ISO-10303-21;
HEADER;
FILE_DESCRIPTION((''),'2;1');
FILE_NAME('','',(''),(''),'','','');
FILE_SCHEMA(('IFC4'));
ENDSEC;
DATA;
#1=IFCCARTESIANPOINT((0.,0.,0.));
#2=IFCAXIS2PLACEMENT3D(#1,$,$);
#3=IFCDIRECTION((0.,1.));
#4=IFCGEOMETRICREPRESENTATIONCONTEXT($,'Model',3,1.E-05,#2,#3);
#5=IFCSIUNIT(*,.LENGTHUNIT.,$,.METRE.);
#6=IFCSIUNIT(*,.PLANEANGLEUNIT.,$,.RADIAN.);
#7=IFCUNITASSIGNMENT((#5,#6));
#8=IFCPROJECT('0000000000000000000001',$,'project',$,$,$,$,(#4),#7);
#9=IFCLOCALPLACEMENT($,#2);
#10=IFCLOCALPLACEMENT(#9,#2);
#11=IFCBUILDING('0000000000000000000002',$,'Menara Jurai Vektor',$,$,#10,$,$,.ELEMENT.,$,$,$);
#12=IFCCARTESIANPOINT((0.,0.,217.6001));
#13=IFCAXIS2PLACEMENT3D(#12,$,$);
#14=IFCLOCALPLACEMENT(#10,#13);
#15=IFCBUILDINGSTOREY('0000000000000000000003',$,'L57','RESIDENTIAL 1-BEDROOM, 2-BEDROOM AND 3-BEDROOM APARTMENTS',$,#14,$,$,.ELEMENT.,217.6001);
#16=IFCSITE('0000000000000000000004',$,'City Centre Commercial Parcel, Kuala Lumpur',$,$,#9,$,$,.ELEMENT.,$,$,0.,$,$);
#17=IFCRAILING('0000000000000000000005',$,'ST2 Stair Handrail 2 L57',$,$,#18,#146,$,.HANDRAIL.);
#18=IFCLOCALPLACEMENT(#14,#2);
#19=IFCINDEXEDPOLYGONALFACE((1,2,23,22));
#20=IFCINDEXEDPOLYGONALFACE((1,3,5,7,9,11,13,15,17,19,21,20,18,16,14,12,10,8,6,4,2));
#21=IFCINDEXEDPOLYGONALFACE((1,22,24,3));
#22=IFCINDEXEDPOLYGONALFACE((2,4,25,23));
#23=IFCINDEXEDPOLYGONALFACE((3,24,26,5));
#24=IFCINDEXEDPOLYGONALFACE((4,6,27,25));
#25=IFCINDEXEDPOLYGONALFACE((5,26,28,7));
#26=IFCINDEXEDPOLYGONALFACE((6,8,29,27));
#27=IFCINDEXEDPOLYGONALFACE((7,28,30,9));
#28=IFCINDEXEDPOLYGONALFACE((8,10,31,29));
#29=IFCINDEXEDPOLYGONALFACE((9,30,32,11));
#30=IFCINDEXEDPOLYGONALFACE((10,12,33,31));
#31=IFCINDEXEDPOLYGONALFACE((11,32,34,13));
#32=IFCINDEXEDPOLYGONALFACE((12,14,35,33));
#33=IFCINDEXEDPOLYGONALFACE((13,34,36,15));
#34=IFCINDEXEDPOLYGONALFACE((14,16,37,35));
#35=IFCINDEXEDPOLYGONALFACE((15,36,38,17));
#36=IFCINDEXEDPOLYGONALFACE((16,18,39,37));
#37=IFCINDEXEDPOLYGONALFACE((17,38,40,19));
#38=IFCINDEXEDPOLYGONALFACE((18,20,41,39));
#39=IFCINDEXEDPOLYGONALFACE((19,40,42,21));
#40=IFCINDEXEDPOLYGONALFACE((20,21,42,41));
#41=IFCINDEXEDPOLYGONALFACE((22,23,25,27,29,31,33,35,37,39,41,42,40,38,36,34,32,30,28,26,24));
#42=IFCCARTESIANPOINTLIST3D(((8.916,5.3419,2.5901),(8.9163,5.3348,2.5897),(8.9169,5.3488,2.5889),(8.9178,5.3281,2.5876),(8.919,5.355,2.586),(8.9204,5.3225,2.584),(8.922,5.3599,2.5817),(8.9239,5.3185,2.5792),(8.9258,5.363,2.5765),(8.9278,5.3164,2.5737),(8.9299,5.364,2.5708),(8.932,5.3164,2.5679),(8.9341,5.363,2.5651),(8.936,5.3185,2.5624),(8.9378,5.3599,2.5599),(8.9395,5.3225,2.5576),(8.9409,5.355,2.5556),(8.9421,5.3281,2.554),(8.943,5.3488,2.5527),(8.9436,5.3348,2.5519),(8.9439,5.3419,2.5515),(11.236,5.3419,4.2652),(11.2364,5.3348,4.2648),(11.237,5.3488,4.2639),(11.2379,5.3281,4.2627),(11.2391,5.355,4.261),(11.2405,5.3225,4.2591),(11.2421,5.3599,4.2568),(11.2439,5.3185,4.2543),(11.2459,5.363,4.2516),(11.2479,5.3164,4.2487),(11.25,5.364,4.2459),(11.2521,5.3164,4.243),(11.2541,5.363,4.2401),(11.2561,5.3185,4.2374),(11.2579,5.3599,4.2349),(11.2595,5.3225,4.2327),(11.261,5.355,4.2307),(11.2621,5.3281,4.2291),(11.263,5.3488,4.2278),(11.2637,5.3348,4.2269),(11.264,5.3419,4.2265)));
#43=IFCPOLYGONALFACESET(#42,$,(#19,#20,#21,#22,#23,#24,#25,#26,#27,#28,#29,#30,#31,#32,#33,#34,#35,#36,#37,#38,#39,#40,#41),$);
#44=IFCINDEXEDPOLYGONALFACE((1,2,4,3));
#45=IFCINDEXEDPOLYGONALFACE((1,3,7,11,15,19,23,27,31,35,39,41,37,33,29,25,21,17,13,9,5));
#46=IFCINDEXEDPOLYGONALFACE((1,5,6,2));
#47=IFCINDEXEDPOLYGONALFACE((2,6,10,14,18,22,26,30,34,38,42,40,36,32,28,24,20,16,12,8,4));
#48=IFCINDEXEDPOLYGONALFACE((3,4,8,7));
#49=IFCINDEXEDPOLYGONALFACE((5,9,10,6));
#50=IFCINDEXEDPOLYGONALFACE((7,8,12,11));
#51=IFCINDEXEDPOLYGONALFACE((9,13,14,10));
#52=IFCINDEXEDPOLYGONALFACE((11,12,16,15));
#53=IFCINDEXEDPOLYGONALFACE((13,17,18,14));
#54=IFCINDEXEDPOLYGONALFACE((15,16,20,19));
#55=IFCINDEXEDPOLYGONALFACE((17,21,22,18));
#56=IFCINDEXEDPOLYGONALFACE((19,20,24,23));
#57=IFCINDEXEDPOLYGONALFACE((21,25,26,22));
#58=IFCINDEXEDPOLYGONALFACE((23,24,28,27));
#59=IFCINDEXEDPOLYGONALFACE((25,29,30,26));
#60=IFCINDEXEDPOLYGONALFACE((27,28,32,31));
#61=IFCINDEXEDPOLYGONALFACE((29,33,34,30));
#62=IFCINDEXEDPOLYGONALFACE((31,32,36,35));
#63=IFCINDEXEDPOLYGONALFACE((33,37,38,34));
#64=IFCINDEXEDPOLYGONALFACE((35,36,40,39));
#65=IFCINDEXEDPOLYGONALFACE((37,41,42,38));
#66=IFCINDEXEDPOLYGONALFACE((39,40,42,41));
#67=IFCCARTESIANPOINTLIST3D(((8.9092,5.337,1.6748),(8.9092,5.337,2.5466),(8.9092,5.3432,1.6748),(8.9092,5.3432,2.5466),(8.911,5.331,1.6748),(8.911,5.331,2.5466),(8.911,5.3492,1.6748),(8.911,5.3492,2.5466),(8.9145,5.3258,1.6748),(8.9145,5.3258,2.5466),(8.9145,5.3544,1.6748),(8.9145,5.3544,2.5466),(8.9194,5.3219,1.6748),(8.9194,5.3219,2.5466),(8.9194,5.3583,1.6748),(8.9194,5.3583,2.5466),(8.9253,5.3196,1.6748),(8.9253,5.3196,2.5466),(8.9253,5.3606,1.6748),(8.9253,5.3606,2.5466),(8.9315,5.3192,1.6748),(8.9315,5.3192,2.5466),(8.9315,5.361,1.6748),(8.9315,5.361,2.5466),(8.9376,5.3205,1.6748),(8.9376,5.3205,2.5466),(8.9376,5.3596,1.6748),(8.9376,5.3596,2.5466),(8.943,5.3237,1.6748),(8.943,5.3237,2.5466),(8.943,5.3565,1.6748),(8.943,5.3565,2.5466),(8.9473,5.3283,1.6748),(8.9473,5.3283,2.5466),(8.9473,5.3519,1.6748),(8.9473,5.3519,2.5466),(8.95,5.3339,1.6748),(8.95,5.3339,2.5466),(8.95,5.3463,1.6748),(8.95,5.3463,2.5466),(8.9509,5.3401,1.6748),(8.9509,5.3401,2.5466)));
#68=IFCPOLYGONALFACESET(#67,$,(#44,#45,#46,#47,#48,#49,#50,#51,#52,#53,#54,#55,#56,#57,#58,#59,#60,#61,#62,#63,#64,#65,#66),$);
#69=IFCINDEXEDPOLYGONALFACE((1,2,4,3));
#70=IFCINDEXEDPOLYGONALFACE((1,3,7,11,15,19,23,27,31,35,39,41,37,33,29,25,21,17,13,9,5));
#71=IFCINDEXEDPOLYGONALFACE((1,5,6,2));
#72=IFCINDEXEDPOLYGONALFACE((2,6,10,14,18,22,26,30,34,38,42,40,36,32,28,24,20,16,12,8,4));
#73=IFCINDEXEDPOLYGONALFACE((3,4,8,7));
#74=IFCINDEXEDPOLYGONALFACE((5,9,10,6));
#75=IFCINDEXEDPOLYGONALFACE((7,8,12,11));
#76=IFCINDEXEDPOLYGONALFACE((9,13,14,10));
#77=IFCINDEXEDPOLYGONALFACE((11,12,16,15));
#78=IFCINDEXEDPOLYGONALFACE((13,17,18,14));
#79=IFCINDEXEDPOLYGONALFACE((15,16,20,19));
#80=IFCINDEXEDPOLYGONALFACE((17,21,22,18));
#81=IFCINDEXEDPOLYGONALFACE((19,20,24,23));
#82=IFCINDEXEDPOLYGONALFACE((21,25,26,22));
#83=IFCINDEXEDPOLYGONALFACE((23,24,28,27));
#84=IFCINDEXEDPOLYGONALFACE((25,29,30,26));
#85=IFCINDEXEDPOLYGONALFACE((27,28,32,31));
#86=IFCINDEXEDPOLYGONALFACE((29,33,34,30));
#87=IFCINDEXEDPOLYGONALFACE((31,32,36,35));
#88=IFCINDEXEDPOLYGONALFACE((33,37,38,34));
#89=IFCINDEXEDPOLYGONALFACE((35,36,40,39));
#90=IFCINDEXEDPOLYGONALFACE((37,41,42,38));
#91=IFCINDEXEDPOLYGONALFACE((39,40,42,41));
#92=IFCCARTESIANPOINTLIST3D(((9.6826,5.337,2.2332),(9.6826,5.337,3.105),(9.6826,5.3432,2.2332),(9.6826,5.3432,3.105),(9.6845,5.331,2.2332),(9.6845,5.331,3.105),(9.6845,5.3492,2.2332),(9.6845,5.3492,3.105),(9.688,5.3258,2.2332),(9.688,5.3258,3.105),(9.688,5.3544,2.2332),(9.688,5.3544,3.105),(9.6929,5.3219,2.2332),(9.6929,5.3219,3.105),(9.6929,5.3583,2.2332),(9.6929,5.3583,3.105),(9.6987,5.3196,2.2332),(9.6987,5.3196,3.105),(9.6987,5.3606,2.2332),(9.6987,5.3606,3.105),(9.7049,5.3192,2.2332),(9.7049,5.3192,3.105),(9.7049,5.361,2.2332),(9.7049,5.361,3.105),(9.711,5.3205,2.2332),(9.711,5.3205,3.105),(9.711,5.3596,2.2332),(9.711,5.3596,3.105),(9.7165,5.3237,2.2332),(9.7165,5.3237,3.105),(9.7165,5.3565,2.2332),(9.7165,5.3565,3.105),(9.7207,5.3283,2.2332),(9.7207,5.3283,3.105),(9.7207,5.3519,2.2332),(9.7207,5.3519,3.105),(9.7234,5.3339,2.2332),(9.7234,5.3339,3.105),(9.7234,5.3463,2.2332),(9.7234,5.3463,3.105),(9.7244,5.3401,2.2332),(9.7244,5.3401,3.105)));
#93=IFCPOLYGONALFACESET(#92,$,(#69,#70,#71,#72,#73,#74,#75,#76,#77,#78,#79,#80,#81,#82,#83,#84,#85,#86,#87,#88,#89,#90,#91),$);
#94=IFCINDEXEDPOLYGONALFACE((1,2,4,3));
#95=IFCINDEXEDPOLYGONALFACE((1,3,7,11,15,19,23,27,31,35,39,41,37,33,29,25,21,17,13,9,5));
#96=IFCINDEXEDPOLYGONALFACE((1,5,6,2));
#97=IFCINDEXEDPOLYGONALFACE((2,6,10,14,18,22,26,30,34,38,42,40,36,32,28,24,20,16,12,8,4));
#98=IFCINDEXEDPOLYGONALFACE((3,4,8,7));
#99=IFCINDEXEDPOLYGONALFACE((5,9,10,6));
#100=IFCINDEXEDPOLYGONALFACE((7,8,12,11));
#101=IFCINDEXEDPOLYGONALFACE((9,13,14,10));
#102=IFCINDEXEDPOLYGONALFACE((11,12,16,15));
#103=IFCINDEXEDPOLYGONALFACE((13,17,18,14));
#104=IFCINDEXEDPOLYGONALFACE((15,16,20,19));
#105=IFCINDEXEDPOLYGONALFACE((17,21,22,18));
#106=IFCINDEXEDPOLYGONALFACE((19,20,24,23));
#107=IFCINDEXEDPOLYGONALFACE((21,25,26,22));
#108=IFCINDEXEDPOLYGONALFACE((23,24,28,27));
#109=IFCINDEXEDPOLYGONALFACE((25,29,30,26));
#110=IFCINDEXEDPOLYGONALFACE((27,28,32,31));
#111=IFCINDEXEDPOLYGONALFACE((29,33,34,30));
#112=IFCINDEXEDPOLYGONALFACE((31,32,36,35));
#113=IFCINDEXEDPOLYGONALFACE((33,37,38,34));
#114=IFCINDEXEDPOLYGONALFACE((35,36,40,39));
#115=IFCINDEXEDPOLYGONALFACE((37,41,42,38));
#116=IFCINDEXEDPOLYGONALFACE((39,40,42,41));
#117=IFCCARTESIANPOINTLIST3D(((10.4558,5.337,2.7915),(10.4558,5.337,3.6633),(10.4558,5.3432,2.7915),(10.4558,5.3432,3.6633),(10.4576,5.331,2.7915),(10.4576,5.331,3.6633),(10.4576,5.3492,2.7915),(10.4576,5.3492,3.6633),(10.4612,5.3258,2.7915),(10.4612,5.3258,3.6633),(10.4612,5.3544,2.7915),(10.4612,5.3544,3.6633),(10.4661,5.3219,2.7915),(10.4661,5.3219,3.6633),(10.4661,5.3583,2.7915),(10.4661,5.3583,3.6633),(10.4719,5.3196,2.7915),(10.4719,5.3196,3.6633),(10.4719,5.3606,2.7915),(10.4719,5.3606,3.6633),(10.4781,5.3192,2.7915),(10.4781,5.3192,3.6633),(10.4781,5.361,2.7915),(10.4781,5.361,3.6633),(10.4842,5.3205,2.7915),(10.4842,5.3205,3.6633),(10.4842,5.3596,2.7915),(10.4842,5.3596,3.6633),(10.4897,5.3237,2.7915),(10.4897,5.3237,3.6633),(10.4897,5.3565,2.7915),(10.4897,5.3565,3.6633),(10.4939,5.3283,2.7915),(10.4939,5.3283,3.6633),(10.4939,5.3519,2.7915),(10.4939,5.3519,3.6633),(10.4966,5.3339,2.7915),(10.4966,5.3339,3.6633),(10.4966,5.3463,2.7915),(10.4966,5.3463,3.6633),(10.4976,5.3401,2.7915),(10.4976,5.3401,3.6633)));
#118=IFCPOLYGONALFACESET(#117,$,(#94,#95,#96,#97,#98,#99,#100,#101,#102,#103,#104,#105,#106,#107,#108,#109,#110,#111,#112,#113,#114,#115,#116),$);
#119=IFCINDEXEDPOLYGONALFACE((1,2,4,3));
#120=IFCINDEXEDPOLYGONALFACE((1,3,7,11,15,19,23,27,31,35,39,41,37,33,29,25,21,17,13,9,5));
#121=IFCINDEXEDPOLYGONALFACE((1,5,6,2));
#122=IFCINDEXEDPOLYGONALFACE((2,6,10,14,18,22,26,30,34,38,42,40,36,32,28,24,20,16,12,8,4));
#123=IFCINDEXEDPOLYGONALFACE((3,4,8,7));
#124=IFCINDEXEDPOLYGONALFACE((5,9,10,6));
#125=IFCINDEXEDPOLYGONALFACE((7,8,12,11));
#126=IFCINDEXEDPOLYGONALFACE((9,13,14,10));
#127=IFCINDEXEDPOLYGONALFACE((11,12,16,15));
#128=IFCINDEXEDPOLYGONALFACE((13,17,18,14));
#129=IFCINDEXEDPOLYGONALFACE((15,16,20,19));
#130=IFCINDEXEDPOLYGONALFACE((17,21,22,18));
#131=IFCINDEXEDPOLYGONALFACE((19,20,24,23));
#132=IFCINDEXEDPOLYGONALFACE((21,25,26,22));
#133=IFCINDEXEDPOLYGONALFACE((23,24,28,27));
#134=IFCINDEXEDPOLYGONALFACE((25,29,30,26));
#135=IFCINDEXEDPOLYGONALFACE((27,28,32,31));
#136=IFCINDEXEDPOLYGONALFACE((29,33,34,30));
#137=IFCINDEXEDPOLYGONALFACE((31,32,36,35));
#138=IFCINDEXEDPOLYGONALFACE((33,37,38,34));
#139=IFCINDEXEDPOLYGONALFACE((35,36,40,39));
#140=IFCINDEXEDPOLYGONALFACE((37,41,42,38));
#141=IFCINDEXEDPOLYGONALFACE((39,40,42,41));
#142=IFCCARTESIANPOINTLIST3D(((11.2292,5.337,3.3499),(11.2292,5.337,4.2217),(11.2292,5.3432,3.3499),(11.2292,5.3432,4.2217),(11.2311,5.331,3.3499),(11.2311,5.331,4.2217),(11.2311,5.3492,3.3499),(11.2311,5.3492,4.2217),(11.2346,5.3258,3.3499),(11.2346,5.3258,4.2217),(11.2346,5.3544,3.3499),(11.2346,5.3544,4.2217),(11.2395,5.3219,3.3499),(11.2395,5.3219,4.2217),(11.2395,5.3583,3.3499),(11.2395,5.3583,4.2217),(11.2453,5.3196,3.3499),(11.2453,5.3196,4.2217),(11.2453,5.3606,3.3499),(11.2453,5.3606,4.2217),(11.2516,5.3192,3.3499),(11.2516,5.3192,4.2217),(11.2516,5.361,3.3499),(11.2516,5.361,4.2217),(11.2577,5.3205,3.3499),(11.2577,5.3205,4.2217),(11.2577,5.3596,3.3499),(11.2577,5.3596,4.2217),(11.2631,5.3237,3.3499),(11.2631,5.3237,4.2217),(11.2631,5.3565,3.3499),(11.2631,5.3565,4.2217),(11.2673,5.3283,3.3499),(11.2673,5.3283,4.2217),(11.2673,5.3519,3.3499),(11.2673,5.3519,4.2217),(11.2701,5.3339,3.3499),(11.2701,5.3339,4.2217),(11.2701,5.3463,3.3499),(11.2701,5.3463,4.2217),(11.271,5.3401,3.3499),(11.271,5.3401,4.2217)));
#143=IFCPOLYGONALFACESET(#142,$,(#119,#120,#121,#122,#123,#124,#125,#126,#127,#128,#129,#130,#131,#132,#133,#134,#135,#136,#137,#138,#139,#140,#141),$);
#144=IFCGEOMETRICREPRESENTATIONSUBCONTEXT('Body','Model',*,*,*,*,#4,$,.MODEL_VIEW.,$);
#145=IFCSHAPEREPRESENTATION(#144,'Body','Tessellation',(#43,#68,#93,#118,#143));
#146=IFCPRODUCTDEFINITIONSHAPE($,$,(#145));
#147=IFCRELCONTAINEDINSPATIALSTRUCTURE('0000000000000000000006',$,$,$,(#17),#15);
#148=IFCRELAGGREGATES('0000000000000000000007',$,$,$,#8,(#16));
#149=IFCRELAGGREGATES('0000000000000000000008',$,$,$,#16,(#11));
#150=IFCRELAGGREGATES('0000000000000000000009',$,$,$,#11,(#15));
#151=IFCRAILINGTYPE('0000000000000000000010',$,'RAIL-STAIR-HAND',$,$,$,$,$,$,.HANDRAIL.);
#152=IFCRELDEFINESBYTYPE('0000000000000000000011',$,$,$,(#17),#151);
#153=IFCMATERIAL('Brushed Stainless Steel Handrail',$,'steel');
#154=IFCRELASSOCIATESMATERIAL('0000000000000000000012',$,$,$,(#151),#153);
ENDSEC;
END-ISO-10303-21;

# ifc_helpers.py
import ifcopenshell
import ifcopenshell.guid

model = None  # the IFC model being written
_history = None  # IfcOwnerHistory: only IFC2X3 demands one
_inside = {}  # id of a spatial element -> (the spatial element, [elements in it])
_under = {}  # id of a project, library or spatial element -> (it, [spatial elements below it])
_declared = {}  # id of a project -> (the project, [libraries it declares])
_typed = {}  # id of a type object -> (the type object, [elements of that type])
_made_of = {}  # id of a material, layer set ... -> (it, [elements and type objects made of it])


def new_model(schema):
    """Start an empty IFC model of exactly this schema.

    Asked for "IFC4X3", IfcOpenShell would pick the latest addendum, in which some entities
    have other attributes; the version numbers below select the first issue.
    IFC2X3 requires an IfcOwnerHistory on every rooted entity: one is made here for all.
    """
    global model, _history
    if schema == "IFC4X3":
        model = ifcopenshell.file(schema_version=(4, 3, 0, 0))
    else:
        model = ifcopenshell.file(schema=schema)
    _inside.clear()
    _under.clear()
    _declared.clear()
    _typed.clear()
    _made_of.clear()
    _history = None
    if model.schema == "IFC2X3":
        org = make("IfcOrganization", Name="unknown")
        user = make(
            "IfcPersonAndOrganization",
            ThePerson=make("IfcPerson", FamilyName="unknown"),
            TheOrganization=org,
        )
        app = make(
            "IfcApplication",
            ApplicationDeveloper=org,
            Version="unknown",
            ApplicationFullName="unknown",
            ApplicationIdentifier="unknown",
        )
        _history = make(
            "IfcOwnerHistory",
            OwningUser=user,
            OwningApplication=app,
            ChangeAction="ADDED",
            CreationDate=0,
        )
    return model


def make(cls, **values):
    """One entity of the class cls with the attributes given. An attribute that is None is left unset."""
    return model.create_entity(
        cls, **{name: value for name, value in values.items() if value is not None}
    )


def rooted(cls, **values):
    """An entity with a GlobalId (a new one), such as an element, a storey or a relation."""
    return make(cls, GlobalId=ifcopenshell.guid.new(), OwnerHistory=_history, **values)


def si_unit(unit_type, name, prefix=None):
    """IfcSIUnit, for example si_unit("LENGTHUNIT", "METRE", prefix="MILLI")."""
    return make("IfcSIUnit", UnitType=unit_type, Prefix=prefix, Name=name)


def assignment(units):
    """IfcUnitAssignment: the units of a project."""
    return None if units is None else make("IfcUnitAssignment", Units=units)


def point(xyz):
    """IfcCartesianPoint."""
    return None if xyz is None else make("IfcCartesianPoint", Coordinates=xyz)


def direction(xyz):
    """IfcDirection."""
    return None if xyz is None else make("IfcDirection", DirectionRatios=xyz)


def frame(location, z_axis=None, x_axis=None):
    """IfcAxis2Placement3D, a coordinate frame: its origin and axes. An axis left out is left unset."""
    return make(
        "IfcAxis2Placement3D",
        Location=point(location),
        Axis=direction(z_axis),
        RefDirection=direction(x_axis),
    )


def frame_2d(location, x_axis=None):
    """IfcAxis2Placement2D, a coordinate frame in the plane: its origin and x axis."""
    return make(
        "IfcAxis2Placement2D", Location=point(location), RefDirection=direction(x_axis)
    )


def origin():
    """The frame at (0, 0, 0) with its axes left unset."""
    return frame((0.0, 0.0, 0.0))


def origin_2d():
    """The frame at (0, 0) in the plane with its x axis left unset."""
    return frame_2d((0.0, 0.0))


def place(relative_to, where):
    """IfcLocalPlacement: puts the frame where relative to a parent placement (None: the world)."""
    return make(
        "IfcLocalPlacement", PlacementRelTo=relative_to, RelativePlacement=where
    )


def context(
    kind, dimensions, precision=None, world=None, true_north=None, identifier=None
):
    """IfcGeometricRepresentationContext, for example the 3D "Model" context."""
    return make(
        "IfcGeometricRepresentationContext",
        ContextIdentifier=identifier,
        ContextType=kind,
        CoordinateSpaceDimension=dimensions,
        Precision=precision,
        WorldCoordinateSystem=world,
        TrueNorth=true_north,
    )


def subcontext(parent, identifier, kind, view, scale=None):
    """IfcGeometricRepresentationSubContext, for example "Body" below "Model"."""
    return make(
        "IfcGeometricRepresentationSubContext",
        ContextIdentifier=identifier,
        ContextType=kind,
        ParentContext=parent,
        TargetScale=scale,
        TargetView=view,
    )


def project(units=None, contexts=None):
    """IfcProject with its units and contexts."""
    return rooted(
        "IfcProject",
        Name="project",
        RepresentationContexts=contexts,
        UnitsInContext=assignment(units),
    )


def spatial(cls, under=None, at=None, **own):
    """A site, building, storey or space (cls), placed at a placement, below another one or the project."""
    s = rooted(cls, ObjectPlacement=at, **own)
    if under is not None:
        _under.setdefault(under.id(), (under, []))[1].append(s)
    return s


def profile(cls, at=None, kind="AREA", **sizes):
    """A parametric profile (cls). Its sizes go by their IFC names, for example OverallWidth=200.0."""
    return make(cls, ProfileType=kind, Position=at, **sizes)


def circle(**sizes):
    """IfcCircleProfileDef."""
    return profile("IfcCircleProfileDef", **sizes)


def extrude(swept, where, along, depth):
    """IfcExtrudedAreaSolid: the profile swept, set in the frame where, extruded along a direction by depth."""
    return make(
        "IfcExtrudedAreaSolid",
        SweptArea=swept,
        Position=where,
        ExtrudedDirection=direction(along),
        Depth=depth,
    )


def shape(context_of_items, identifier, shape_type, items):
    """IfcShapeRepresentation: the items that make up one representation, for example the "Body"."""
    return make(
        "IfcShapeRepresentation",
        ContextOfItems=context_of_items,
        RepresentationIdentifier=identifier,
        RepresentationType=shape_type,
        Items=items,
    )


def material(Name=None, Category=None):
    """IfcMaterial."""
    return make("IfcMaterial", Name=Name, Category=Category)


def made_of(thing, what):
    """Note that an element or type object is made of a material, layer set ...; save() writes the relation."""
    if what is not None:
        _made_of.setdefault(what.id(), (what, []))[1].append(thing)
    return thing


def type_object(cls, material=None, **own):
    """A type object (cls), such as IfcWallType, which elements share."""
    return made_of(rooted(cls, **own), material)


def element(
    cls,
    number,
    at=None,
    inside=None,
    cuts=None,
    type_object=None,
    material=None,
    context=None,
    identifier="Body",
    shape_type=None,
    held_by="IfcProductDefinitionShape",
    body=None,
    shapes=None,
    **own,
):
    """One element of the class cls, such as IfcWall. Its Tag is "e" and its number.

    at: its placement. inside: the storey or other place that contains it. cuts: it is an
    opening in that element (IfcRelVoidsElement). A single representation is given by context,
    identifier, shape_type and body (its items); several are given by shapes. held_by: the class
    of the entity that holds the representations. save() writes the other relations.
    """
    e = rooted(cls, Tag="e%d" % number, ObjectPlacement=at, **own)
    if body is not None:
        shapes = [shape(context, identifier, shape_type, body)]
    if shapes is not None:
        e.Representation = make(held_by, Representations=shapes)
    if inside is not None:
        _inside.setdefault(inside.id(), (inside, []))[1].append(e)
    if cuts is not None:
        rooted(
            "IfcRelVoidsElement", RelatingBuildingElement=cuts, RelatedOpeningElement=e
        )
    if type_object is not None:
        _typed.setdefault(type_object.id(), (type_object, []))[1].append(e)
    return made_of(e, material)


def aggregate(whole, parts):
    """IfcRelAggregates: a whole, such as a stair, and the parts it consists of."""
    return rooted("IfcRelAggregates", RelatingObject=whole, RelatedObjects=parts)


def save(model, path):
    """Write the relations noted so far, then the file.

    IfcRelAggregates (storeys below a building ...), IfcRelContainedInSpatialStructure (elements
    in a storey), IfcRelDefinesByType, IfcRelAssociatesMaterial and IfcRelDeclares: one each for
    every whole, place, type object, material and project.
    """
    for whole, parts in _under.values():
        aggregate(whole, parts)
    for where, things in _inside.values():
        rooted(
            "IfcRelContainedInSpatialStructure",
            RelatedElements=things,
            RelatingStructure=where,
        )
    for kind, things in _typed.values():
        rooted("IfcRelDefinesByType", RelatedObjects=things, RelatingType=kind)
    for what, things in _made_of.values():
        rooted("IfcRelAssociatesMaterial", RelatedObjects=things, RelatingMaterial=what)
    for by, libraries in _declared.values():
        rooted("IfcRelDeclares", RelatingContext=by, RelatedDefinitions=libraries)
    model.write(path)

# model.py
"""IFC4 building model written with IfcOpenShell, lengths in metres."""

from ifc_helpers import new_model, si_unit, direction, frame, origin, origin_2d, place, context, subcontext, project, spatial, circle, extrude, material, type_object, element, save


model = new_model("IFC4")

# Units and contexts
model_context = context("Model", 3, precision=1e-05, world=origin(), true_north=direction((0.0, 1.0)))
body_context = subcontext(model_context, "Body", "Model", "MODEL_VIEW")
ifc_project = project(units=[si_unit("LENGTHUNIT", "METRE"), si_unit("PLANEANGLEUNIT", "RADIAN")], contexts=[model_context])

# Site, building, storey
site_placement = place(None, origin())
site = spatial("IfcSite", under=ifc_project, at=site_placement, Name="City Centre Commercial Parcel, Kuala Lumpur", CompositionType="ELEMENT", RefElevation=0.0)
building_placement = place(site_placement, origin())
building = spatial("IfcBuilding", under=site, at=building_placement, Name="Menara Jurai Vektor", CompositionType="ELEMENT")
storey_placement = place(building_placement, frame((0.0, 0.0, 217.6001)))
storey = spatial("IfcBuildingStorey", under=building, at=storey_placement, Name="L57", Description="RESIDENTIAL 1-BEDROOM, 2-BEDROOM AND 3-BEDROOM APARTMENTS", CompositionType="ELEMENT", Elevation=217.6001)

# Railing
ifc_material_1 = material(Name="Brushed Stainless Steel Handrail", Category="steel")
railing_type_1 = type_object("IfcRailingType", Name="RAIL-STAIR-HAND", PredefinedType="HANDRAIL", material=ifc_material_1)
railing_1_placement = place(storey_placement, frame((8.9299, 5.3401, 1.6748)))
element("IfcRailing", 1, at=railing_1_placement, inside=storey, type_object=railing_type_1, Name="ST2 Stair Handrail 2 L57", PredefinedType="HANDRAIL", context=body_context, shape_type="SweptSolid", body=[
    extrude(circle(Radius=0.0239, at=origin_2d()), frame((0.0, 0.0, 0.896), z_axis=(0.810771, 0.0, 0.585363), x_axis=(0.0, 1.0, 0.0)), (0.0, 0.0, 1.0), 2.8616),
    extrude(circle(Radius=0.021, at=origin_2d()), origin(), (0.0, 0.0, 1.0), 0.8718),
    extrude(circle(Radius=0.021, at=origin_2d()), frame((0.7734, 0.0, 0.5583)), (0.0, 0.0, 1.0), 0.8718),
    extrude(circle(Radius=0.021, at=origin_2d()), frame((1.5466, 0.0, 1.1167)), (0.0, 0.0, 1.0), 0.8718),
    extrude(circle(Radius=0.021, at=origin_2d()), frame((2.3201, 0.0, 1.675)), (0.0, 0.0, 1.0), 0.8718),
])

save(model, "model.ifc")
